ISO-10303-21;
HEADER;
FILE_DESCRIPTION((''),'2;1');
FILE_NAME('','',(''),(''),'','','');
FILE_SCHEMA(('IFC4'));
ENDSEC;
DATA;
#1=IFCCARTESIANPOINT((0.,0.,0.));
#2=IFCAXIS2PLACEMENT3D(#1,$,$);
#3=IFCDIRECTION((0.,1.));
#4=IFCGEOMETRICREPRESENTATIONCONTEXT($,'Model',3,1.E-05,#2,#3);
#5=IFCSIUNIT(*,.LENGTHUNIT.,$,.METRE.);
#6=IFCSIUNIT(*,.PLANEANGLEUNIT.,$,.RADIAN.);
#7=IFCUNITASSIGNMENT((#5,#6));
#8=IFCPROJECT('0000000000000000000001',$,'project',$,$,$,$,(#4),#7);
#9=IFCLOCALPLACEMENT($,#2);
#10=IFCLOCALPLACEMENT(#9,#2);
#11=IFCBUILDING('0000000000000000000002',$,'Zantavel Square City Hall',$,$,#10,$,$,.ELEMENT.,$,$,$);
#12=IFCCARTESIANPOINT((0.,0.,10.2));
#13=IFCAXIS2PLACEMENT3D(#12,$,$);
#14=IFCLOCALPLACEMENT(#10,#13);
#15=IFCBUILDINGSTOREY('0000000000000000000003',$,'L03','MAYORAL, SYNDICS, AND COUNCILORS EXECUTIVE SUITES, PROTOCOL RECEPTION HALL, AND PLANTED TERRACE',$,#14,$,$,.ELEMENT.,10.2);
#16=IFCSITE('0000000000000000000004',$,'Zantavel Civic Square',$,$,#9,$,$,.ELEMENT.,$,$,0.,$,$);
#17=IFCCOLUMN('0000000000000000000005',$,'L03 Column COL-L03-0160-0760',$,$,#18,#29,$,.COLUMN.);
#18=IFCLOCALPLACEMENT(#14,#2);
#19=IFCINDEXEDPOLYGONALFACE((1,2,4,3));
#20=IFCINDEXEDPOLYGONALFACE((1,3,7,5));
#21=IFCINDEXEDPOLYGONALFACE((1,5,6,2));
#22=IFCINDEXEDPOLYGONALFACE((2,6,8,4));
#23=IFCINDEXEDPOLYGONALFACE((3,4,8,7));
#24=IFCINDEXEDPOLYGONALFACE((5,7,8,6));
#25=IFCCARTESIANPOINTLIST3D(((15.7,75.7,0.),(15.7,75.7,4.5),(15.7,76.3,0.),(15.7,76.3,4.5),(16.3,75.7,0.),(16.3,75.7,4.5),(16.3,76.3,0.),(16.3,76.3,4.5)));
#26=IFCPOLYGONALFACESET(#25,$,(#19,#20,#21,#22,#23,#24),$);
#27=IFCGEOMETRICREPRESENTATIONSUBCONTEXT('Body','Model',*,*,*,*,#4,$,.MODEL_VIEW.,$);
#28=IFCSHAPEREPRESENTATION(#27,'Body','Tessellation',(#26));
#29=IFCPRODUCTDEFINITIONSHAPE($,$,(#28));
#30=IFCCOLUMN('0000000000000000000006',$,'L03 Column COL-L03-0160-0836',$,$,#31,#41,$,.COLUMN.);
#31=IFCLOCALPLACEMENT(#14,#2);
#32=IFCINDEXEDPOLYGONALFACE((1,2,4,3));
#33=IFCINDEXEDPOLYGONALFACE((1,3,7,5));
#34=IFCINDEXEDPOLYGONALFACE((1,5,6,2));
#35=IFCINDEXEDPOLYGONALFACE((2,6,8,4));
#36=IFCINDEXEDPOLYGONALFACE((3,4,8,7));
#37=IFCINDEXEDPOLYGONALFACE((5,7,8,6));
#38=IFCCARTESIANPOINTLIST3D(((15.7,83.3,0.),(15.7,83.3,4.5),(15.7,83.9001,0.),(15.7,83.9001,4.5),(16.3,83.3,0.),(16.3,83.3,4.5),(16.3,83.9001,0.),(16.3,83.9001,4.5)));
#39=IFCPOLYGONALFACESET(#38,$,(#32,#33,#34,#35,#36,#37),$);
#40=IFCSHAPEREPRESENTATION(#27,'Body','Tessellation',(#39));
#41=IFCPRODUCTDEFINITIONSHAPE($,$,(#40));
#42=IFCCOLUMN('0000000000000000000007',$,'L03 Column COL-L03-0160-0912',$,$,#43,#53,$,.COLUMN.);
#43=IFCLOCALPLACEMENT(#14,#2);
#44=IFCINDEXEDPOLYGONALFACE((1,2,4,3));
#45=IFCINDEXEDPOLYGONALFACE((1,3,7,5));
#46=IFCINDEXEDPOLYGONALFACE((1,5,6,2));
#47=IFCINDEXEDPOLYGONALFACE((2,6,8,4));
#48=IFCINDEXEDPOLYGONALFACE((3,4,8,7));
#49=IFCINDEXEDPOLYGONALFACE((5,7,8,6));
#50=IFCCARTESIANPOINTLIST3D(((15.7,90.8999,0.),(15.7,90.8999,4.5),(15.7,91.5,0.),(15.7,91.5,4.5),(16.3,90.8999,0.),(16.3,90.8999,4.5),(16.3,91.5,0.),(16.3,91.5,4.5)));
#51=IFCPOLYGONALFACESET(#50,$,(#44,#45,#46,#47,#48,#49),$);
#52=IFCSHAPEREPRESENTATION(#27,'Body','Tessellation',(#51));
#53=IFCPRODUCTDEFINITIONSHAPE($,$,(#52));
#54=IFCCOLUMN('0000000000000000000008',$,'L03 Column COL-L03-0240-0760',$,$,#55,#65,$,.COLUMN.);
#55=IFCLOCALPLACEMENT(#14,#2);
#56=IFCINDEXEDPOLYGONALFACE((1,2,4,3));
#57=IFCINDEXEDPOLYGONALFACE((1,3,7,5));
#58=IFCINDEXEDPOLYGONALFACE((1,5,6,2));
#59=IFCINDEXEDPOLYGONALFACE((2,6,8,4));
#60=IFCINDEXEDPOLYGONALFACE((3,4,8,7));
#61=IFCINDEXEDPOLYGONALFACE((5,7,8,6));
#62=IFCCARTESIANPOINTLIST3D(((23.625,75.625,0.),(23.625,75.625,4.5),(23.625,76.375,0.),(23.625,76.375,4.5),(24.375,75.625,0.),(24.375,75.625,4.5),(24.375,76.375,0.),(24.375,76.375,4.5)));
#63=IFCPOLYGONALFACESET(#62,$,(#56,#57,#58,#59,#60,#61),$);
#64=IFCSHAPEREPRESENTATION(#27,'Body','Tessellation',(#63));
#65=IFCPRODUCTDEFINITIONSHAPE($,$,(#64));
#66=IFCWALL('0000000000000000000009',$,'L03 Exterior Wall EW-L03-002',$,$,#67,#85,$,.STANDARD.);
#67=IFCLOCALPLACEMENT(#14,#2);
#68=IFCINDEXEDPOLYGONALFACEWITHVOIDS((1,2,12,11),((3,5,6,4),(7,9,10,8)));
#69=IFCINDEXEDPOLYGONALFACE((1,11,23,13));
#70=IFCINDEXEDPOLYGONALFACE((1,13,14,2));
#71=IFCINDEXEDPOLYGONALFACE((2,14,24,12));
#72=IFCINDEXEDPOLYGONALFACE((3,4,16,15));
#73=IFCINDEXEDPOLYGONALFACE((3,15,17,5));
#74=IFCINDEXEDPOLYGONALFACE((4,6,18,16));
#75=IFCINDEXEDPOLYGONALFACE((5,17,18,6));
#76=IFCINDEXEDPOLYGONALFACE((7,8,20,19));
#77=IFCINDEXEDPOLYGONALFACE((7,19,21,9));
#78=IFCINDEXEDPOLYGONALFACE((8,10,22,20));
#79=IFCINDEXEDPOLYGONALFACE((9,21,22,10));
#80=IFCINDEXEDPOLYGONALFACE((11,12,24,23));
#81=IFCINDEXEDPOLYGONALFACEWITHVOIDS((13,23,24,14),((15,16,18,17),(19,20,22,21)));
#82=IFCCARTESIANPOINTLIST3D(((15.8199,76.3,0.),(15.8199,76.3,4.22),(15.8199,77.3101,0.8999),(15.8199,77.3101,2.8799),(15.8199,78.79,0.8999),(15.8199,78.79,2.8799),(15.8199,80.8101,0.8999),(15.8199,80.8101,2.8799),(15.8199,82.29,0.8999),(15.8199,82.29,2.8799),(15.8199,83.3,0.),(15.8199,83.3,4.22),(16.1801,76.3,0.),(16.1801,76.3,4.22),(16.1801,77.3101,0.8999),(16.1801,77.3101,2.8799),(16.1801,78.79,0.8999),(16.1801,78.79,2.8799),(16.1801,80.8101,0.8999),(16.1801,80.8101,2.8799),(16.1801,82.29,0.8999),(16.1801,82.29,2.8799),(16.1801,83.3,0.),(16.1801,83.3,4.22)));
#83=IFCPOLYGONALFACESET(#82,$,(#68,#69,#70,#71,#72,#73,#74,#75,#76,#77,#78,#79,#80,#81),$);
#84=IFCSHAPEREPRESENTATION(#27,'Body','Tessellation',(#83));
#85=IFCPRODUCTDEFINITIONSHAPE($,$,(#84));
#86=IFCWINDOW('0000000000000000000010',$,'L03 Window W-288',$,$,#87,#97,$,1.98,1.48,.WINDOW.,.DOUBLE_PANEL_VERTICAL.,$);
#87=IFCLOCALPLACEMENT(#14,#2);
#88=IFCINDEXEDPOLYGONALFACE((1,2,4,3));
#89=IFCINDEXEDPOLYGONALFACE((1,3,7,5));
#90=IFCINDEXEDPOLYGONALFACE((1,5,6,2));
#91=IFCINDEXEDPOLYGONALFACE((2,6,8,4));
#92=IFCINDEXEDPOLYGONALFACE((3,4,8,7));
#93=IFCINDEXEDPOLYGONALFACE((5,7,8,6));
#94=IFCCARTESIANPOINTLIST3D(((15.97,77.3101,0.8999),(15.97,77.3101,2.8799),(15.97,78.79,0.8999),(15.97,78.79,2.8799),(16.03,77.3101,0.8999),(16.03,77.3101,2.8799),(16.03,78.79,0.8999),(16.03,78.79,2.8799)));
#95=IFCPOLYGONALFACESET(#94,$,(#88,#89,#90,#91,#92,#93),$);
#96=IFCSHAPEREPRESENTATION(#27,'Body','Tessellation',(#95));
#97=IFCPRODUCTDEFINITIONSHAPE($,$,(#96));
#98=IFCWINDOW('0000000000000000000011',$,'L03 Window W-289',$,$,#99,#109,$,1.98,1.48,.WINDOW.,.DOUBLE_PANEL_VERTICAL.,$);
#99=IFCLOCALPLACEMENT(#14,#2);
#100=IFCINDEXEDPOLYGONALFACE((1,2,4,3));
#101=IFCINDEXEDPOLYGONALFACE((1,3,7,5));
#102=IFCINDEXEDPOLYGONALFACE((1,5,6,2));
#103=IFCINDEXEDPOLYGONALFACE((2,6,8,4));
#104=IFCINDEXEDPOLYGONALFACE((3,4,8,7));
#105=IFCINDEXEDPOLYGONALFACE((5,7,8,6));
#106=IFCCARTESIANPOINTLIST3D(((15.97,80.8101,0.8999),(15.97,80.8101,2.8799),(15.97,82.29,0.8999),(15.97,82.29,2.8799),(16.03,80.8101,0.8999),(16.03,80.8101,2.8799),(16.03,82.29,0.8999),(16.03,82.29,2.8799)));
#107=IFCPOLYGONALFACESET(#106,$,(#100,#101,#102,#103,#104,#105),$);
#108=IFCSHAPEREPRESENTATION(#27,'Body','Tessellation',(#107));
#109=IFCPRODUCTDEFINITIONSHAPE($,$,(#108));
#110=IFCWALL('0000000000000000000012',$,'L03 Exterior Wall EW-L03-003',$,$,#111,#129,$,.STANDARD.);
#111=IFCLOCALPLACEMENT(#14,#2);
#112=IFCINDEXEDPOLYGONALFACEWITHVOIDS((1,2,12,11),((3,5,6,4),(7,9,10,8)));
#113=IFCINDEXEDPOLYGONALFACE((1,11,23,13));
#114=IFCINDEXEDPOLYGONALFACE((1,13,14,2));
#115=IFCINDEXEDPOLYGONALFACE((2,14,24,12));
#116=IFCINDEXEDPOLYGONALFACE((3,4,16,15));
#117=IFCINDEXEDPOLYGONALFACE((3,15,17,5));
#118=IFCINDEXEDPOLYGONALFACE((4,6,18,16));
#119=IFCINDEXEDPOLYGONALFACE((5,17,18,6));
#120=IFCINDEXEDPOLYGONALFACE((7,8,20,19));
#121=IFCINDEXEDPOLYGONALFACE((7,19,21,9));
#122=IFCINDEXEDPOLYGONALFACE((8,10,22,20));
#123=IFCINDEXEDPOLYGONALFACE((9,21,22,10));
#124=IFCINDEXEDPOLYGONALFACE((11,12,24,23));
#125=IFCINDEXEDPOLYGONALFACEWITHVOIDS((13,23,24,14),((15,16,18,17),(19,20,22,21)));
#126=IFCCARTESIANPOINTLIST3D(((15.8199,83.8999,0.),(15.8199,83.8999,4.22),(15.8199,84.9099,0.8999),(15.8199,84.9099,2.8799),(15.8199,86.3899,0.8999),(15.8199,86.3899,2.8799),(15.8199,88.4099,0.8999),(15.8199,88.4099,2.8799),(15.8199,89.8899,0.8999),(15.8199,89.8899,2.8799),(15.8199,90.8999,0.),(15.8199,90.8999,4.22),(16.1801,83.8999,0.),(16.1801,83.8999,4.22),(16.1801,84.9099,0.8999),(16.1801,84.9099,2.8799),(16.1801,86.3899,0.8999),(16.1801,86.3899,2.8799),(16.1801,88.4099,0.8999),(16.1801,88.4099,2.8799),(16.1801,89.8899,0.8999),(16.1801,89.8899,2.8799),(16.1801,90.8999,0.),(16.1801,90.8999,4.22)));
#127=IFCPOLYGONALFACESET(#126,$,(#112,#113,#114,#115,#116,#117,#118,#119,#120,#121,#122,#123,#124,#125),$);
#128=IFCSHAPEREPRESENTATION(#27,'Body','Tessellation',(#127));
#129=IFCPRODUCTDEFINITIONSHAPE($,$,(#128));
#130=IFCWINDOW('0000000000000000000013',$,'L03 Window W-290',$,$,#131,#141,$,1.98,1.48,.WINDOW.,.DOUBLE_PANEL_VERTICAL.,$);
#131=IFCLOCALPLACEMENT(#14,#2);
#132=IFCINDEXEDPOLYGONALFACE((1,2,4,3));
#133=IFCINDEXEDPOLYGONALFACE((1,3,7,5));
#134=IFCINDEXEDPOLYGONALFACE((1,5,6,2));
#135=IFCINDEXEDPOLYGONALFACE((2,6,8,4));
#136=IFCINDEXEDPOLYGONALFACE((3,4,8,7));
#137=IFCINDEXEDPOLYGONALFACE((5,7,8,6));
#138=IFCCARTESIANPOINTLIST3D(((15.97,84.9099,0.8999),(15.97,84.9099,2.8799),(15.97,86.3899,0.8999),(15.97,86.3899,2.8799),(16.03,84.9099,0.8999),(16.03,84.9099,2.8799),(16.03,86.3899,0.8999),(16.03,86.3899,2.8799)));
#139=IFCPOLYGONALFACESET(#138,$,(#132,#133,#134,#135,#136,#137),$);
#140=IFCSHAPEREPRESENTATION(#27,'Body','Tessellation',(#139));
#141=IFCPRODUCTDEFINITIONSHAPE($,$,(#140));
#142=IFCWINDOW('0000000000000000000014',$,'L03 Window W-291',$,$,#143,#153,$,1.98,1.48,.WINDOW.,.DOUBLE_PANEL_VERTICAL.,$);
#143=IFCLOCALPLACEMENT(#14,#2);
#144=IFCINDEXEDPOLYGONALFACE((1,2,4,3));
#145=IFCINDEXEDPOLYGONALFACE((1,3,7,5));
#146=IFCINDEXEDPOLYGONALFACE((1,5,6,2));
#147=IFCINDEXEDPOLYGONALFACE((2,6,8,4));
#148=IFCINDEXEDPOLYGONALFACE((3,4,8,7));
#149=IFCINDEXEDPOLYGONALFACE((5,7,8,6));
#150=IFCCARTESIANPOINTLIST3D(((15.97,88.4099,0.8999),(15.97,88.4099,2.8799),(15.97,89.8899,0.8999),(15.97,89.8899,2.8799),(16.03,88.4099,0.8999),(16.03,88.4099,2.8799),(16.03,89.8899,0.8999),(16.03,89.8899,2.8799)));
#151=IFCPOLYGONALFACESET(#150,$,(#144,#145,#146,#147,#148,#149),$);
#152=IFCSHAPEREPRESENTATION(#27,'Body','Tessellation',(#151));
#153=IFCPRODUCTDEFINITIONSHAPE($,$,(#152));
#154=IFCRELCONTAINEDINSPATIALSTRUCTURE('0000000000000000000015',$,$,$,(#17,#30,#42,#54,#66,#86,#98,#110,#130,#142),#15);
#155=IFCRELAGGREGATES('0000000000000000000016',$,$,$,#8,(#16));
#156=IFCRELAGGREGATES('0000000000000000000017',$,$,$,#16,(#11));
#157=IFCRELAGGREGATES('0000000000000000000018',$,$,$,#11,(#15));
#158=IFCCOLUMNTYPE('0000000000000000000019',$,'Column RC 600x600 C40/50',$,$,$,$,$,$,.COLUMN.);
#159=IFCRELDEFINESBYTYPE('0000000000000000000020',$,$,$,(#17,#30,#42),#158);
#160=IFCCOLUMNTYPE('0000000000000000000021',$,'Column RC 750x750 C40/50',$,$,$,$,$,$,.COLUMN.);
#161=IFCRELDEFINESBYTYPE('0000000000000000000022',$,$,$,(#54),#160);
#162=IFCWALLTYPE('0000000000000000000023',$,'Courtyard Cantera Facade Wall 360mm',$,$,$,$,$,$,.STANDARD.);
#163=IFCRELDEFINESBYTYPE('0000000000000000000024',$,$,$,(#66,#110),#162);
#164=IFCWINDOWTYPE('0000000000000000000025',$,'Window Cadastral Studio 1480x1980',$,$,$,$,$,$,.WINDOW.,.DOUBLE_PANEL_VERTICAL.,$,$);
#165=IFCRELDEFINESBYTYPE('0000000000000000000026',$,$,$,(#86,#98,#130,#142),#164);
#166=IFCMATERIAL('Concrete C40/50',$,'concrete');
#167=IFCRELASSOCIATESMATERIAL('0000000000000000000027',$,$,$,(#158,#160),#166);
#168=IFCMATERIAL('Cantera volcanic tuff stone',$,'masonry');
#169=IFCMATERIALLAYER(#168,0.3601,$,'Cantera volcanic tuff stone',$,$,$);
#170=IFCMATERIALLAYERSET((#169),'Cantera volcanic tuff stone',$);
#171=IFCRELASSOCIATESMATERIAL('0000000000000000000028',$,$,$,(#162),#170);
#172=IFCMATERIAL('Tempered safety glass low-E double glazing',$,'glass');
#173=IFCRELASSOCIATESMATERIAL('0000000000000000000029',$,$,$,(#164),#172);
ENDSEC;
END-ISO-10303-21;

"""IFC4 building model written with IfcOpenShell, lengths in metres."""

from ifc_helpers import new_model, si_unit, direction, frame, frame_2d, origin, origin_2d, place, context, subcontext, project, spatial, rectangle, extrude, material, layer, layer_set, material_profile, profile_set, type_object, element, fill, save


model = new_model("IFC4")

# Units and contexts
model_context = context("Model", 3, precision=1e-05, world=origin(), true_north=direction((0.0, 1.0)))
body_context = subcontext(model_context, "Body", "Model", "MODEL_VIEW")
ifc_project = project(units=[si_unit("LENGTHUNIT", "METRE"), si_unit("PLANEANGLEUNIT", "RADIAN")], contexts=[model_context])

# Site, building, storey
site_placement = place(None, origin())
site = spatial("IfcSite", under=ifc_project, at=site_placement, Name="Zantavel Civic Square", CompositionType="ELEMENT", RefElevation=0.0)
building_placement = place(site_placement, origin())
building = spatial("IfcBuilding", under=site, at=building_placement, Name="Zantavel Square City Hall", CompositionType="ELEMENT")
storey_placement = place(building_placement, frame((0.0, 0.0, 10.2)))
storey = spatial("IfcBuildingStorey", under=building, at=storey_placement, Name="L03", Description="MAYORAL, SYNDICS, AND COUNCILORS EXECUTIVE SUITES, PROTOCOL RECEPTION HALL, AND PLANTED TERRACE", CompositionType="ELEMENT", Elevation=10.2)

# Columns
ifc_material_1 = material(Name="Concrete C40/50", Category="concrete")
ifc_material_profile_1 = material_profile(ifc_material_1, rectangle(XDim=0.6001, YDim=0.6001, at=origin_2d()), Name="RC 600x600")
ifc_profile_set_1 = profile_set([ifc_material_profile_1], Name="Concrete C40/50")
column_type_1 = type_object("IfcColumnType", Name="Column RC 600x600 C40/50", PredefinedType="COLUMN", material=ifc_profile_set_1)
for number, where, z_axis, x_axis, name in (
    (1, (16.0, 76.0, 0.0), (0.0, 0.0, 1.0), (1.0, 0.0, 0.0), "L03 Column COL-L03-0160-0760"),
    (2, (16.0, 83.6001, 0.0), (0.0, 0.0, 1.0), (1.0, 0.0, 0.0), "L03 Column COL-L03-0160-0836"),
    (3, (16.0, 91.2, 0.0), (0.0, 0.0, 1.0), (1.0, 0.0, 0.0), "L03 Column COL-L03-0160-0912"),
):
    element("IfcColumn", number, at=place(storey_placement, frame(where, z_axis=z_axis, x_axis=x_axis)), inside=storey, type_object=column_type_1, Name=name, PredefinedType="COLUMN", context=body_context, shape_type="SweptSolid", body=[
        extrude(rectangle(XDim=0.6001, YDim=0.6001, at=origin_2d()), origin(), (0.0, 0.0, 1.0), 4.5),
    ])
ifc_material_profile_2 = material_profile(ifc_material_1, rectangle(XDim=0.75, YDim=0.75, at=origin_2d()), Name="RC 750x750")
ifc_profile_set_2 = profile_set([ifc_material_profile_2], Name="Concrete C40/50")
column_type_2 = type_object("IfcColumnType", Name="Column RC 750x750 C40/50", PredefinedType="COLUMN", material=ifc_profile_set_2)
column_placement = place(storey_placement, frame((24.0, 76.0, 0.0), z_axis=(0.0, 0.0, 1.0), x_axis=(1.0, 0.0, 0.0)))
element("IfcColumn", 4, at=column_placement, inside=storey, type_object=column_type_2, Name="L03 Column COL-L03-0240-0760", PredefinedType="COLUMN", context=body_context, shape_type="SweptSolid", body=[
    extrude(rectangle(XDim=0.75, YDim=0.75, at=origin_2d()), origin(), (0.0, 0.0, 1.0), 4.5),
])

# Walls, openings, windows
ifc_material_2 = material(Name="Cantera volcanic tuff stone", Category="masonry")
ifc_layer_1 = layer(ifc_material_2, 0.3601, Name="Cantera volcanic tuff stone")
ifc_layer_set_1 = layer_set([ifc_layer_1], Name="Cantera volcanic tuff stone")
wall_type_1 = type_object("IfcWallType", Name="Courtyard Cantera Facade Wall 360mm", PredefinedType="STANDARD", material=ifc_layer_set_1)
wall_1_placement = place(storey_placement, frame((16.0, 76.3, 0.0), z_axis=(0.0, 0.0, 1.0), x_axis=(0.0, 1.0, 0.0)))
wall_1 = element("IfcWall", 5, at=wall_1_placement, inside=storey, type_object=wall_type_1, Name="L03 Exterior Wall EW-L03-002", PredefinedType="STANDARD", context=body_context, shape_type="SweptSolid", body=[
    extrude(rectangle(XDim=7.0, YDim=0.3601, at=frame_2d((3.5, 0.0))), origin(), (0.0, 0.0, 1.0), 4.22),
])
opening_1_placement = place(wall_1_placement, frame((1.01, 0.0, 0.8999)))
opening_1 = element("IfcOpeningElement", 6, at=opening_1_placement, cuts=wall_1, PredefinedType="OPENING", context=body_context, shape_type="SweptSolid", body=[
    extrude(rectangle(XDim=1.48, YDim=1.98, at=frame_2d((0.74, 0.99))), frame((0.0, 0.1899, 0.0), z_axis=(0.0, -1.0, 0.0), x_axis=(1.0, 0.0, 0.0)), (0.0, 0.0, 1.0), 0.3801),
])
opening_2_placement = place(wall_1_placement, frame((4.51, 0.0, 0.8999)))
opening_2 = element("IfcOpeningElement", 7, at=opening_2_placement, cuts=wall_1, PredefinedType="OPENING", context=body_context, shape_type="SweptSolid", body=[
    extrude(rectangle(XDim=1.48, YDim=1.98, at=frame_2d((0.74, 0.99))), frame((0.0, 0.1899, 0.0), z_axis=(0.0, -1.0, 0.0), x_axis=(1.0, 0.0, 0.0)), (0.0, 0.0, 1.0), 0.3801),
])
ifc_material_3 = material(Name="Tempered safety glass low-E double glazing", Category="glass")
window_type_1 = type_object("IfcWindowType", Name="Window Cadastral Studio 1480x1980", PartitioningType="DOUBLE_PANEL_VERTICAL", PredefinedType="WINDOW", material=ifc_material_3)
window_1_placement = place(opening_1_placement, origin())
window_1 = element("IfcWindow", 8, at=window_1_placement, inside=storey, type_object=window_type_1, Name="L03 Window W-288", OverallHeight=1.98, OverallWidth=1.48, PartitioningType="DOUBLE_PANEL_VERTICAL", PredefinedType="WINDOW", context=body_context, shape_type="SweptSolid", body=[
    extrude(rectangle(XDim=1.48, YDim=1.98, at=frame_2d((0.74, 0.99))), frame((0.0, 0.03, 0.0), z_axis=(0.0, -1.0, 0.0), x_axis=(1.0, 0.0, 0.0)), (0.0, 0.0, 1.0), 0.0601),
])
fill(opening_1, window_1)
window_2_placement = place(opening_2_placement, origin())
window_2 = element("IfcWindow", 9, at=window_2_placement, inside=storey, type_object=window_type_1, Name="L03 Window W-289", OverallHeight=1.98, OverallWidth=1.48, PartitioningType="DOUBLE_PANEL_VERTICAL", PredefinedType="WINDOW", context=body_context, shape_type="SweptSolid", body=[
    extrude(rectangle(XDim=1.48, YDim=1.98, at=frame_2d((0.74, 0.99))), frame((0.0, 0.03, 0.0), z_axis=(0.0, -1.0, 0.0), x_axis=(1.0, 0.0, 0.0)), (0.0, 0.0, 1.0), 0.0601),
])
fill(opening_2, window_2)
wall_2_placement = place(storey_placement, frame((16.0, 83.8999, 0.0), z_axis=(0.0, 0.0, 1.0), x_axis=(0.0, 1.0, 0.0)))
wall_2 = element("IfcWall", 10, at=wall_2_placement, inside=storey, type_object=wall_type_1, Name="L03 Exterior Wall EW-L03-003", PredefinedType="STANDARD", context=body_context, shape_type="SweptSolid", body=[
    extrude(rectangle(XDim=7.0, YDim=0.3601, at=frame_2d((3.5, 0.0))), origin(), (0.0, 0.0, 1.0), 4.22),
])
opening_3_placement = place(wall_2_placement, frame((1.01, 0.0, 0.8999)))
opening_3 = element("IfcOpeningElement", 11, at=opening_3_placement, cuts=wall_2, PredefinedType="OPENING", context=body_context, shape_type="SweptSolid", body=[
    extrude(rectangle(XDim=1.48, YDim=1.98, at=frame_2d((0.74, 0.99))), frame((0.0, 0.1899, 0.0), z_axis=(0.0, -1.0, 0.0), x_axis=(1.0, 0.0, 0.0)), (0.0, 0.0, 1.0), 0.3801),
])
opening_4_placement = place(wall_2_placement, frame((4.51, 0.0, 0.8999)))
opening_4 = element("IfcOpeningElement", 12, at=opening_4_placement, cuts=wall_2, PredefinedType="OPENING", context=body_context, shape_type="SweptSolid", body=[
    extrude(rectangle(XDim=1.48, YDim=1.98, at=frame_2d((0.74, 0.99))), frame((0.0, 0.1899, 0.0), z_axis=(0.0, -1.0, 0.0), x_axis=(1.0, 0.0, 0.0)), (0.0, 0.0, 1.0), 0.3801),
])
window_3_placement = place(opening_3_placement, origin())
window_3 = element("IfcWindow", 13, at=window_3_placement, inside=storey, type_object=window_type_1, Name="L03 Window W-290", OverallHeight=1.98, OverallWidth=1.48, PartitioningType="DOUBLE_PANEL_VERTICAL", PredefinedType="WINDOW", context=body_context, shape_type="SweptSolid", body=[
    extrude(rectangle(XDim=1.48, YDim=1.98, at=frame_2d((0.74, 0.99))), frame((0.0, 0.03, 0.0), z_axis=(0.0, -1.0, 0.0), x_axis=(1.0, 0.0, 0.0)), (0.0, 0.0, 1.0), 0.0601),
])
fill(opening_3, window_3)
window_4_placement = place(opening_4_placement, origin())
window_4 = element("IfcWindow", 14, at=window_4_placement, inside=storey, type_object=window_type_1, Name="L03 Window W-291", OverallHeight=1.98, OverallWidth=1.48, PartitioningType="DOUBLE_PANEL_VERTICAL", PredefinedType="WINDOW", context=body_context, shape_type="SweptSolid", body=[
    extrude(rectangle(XDim=1.48, YDim=1.98, at=frame_2d((0.74, 0.99))), frame((0.0, 0.03, 0.0), z_axis=(0.0, -1.0, 0.0), x_axis=(1.0, 0.0, 0.0)), (0.0, 0.0, 1.0), 0.0601),
])
fill(opening_4, window_4)

save(model, "model.ifc")
